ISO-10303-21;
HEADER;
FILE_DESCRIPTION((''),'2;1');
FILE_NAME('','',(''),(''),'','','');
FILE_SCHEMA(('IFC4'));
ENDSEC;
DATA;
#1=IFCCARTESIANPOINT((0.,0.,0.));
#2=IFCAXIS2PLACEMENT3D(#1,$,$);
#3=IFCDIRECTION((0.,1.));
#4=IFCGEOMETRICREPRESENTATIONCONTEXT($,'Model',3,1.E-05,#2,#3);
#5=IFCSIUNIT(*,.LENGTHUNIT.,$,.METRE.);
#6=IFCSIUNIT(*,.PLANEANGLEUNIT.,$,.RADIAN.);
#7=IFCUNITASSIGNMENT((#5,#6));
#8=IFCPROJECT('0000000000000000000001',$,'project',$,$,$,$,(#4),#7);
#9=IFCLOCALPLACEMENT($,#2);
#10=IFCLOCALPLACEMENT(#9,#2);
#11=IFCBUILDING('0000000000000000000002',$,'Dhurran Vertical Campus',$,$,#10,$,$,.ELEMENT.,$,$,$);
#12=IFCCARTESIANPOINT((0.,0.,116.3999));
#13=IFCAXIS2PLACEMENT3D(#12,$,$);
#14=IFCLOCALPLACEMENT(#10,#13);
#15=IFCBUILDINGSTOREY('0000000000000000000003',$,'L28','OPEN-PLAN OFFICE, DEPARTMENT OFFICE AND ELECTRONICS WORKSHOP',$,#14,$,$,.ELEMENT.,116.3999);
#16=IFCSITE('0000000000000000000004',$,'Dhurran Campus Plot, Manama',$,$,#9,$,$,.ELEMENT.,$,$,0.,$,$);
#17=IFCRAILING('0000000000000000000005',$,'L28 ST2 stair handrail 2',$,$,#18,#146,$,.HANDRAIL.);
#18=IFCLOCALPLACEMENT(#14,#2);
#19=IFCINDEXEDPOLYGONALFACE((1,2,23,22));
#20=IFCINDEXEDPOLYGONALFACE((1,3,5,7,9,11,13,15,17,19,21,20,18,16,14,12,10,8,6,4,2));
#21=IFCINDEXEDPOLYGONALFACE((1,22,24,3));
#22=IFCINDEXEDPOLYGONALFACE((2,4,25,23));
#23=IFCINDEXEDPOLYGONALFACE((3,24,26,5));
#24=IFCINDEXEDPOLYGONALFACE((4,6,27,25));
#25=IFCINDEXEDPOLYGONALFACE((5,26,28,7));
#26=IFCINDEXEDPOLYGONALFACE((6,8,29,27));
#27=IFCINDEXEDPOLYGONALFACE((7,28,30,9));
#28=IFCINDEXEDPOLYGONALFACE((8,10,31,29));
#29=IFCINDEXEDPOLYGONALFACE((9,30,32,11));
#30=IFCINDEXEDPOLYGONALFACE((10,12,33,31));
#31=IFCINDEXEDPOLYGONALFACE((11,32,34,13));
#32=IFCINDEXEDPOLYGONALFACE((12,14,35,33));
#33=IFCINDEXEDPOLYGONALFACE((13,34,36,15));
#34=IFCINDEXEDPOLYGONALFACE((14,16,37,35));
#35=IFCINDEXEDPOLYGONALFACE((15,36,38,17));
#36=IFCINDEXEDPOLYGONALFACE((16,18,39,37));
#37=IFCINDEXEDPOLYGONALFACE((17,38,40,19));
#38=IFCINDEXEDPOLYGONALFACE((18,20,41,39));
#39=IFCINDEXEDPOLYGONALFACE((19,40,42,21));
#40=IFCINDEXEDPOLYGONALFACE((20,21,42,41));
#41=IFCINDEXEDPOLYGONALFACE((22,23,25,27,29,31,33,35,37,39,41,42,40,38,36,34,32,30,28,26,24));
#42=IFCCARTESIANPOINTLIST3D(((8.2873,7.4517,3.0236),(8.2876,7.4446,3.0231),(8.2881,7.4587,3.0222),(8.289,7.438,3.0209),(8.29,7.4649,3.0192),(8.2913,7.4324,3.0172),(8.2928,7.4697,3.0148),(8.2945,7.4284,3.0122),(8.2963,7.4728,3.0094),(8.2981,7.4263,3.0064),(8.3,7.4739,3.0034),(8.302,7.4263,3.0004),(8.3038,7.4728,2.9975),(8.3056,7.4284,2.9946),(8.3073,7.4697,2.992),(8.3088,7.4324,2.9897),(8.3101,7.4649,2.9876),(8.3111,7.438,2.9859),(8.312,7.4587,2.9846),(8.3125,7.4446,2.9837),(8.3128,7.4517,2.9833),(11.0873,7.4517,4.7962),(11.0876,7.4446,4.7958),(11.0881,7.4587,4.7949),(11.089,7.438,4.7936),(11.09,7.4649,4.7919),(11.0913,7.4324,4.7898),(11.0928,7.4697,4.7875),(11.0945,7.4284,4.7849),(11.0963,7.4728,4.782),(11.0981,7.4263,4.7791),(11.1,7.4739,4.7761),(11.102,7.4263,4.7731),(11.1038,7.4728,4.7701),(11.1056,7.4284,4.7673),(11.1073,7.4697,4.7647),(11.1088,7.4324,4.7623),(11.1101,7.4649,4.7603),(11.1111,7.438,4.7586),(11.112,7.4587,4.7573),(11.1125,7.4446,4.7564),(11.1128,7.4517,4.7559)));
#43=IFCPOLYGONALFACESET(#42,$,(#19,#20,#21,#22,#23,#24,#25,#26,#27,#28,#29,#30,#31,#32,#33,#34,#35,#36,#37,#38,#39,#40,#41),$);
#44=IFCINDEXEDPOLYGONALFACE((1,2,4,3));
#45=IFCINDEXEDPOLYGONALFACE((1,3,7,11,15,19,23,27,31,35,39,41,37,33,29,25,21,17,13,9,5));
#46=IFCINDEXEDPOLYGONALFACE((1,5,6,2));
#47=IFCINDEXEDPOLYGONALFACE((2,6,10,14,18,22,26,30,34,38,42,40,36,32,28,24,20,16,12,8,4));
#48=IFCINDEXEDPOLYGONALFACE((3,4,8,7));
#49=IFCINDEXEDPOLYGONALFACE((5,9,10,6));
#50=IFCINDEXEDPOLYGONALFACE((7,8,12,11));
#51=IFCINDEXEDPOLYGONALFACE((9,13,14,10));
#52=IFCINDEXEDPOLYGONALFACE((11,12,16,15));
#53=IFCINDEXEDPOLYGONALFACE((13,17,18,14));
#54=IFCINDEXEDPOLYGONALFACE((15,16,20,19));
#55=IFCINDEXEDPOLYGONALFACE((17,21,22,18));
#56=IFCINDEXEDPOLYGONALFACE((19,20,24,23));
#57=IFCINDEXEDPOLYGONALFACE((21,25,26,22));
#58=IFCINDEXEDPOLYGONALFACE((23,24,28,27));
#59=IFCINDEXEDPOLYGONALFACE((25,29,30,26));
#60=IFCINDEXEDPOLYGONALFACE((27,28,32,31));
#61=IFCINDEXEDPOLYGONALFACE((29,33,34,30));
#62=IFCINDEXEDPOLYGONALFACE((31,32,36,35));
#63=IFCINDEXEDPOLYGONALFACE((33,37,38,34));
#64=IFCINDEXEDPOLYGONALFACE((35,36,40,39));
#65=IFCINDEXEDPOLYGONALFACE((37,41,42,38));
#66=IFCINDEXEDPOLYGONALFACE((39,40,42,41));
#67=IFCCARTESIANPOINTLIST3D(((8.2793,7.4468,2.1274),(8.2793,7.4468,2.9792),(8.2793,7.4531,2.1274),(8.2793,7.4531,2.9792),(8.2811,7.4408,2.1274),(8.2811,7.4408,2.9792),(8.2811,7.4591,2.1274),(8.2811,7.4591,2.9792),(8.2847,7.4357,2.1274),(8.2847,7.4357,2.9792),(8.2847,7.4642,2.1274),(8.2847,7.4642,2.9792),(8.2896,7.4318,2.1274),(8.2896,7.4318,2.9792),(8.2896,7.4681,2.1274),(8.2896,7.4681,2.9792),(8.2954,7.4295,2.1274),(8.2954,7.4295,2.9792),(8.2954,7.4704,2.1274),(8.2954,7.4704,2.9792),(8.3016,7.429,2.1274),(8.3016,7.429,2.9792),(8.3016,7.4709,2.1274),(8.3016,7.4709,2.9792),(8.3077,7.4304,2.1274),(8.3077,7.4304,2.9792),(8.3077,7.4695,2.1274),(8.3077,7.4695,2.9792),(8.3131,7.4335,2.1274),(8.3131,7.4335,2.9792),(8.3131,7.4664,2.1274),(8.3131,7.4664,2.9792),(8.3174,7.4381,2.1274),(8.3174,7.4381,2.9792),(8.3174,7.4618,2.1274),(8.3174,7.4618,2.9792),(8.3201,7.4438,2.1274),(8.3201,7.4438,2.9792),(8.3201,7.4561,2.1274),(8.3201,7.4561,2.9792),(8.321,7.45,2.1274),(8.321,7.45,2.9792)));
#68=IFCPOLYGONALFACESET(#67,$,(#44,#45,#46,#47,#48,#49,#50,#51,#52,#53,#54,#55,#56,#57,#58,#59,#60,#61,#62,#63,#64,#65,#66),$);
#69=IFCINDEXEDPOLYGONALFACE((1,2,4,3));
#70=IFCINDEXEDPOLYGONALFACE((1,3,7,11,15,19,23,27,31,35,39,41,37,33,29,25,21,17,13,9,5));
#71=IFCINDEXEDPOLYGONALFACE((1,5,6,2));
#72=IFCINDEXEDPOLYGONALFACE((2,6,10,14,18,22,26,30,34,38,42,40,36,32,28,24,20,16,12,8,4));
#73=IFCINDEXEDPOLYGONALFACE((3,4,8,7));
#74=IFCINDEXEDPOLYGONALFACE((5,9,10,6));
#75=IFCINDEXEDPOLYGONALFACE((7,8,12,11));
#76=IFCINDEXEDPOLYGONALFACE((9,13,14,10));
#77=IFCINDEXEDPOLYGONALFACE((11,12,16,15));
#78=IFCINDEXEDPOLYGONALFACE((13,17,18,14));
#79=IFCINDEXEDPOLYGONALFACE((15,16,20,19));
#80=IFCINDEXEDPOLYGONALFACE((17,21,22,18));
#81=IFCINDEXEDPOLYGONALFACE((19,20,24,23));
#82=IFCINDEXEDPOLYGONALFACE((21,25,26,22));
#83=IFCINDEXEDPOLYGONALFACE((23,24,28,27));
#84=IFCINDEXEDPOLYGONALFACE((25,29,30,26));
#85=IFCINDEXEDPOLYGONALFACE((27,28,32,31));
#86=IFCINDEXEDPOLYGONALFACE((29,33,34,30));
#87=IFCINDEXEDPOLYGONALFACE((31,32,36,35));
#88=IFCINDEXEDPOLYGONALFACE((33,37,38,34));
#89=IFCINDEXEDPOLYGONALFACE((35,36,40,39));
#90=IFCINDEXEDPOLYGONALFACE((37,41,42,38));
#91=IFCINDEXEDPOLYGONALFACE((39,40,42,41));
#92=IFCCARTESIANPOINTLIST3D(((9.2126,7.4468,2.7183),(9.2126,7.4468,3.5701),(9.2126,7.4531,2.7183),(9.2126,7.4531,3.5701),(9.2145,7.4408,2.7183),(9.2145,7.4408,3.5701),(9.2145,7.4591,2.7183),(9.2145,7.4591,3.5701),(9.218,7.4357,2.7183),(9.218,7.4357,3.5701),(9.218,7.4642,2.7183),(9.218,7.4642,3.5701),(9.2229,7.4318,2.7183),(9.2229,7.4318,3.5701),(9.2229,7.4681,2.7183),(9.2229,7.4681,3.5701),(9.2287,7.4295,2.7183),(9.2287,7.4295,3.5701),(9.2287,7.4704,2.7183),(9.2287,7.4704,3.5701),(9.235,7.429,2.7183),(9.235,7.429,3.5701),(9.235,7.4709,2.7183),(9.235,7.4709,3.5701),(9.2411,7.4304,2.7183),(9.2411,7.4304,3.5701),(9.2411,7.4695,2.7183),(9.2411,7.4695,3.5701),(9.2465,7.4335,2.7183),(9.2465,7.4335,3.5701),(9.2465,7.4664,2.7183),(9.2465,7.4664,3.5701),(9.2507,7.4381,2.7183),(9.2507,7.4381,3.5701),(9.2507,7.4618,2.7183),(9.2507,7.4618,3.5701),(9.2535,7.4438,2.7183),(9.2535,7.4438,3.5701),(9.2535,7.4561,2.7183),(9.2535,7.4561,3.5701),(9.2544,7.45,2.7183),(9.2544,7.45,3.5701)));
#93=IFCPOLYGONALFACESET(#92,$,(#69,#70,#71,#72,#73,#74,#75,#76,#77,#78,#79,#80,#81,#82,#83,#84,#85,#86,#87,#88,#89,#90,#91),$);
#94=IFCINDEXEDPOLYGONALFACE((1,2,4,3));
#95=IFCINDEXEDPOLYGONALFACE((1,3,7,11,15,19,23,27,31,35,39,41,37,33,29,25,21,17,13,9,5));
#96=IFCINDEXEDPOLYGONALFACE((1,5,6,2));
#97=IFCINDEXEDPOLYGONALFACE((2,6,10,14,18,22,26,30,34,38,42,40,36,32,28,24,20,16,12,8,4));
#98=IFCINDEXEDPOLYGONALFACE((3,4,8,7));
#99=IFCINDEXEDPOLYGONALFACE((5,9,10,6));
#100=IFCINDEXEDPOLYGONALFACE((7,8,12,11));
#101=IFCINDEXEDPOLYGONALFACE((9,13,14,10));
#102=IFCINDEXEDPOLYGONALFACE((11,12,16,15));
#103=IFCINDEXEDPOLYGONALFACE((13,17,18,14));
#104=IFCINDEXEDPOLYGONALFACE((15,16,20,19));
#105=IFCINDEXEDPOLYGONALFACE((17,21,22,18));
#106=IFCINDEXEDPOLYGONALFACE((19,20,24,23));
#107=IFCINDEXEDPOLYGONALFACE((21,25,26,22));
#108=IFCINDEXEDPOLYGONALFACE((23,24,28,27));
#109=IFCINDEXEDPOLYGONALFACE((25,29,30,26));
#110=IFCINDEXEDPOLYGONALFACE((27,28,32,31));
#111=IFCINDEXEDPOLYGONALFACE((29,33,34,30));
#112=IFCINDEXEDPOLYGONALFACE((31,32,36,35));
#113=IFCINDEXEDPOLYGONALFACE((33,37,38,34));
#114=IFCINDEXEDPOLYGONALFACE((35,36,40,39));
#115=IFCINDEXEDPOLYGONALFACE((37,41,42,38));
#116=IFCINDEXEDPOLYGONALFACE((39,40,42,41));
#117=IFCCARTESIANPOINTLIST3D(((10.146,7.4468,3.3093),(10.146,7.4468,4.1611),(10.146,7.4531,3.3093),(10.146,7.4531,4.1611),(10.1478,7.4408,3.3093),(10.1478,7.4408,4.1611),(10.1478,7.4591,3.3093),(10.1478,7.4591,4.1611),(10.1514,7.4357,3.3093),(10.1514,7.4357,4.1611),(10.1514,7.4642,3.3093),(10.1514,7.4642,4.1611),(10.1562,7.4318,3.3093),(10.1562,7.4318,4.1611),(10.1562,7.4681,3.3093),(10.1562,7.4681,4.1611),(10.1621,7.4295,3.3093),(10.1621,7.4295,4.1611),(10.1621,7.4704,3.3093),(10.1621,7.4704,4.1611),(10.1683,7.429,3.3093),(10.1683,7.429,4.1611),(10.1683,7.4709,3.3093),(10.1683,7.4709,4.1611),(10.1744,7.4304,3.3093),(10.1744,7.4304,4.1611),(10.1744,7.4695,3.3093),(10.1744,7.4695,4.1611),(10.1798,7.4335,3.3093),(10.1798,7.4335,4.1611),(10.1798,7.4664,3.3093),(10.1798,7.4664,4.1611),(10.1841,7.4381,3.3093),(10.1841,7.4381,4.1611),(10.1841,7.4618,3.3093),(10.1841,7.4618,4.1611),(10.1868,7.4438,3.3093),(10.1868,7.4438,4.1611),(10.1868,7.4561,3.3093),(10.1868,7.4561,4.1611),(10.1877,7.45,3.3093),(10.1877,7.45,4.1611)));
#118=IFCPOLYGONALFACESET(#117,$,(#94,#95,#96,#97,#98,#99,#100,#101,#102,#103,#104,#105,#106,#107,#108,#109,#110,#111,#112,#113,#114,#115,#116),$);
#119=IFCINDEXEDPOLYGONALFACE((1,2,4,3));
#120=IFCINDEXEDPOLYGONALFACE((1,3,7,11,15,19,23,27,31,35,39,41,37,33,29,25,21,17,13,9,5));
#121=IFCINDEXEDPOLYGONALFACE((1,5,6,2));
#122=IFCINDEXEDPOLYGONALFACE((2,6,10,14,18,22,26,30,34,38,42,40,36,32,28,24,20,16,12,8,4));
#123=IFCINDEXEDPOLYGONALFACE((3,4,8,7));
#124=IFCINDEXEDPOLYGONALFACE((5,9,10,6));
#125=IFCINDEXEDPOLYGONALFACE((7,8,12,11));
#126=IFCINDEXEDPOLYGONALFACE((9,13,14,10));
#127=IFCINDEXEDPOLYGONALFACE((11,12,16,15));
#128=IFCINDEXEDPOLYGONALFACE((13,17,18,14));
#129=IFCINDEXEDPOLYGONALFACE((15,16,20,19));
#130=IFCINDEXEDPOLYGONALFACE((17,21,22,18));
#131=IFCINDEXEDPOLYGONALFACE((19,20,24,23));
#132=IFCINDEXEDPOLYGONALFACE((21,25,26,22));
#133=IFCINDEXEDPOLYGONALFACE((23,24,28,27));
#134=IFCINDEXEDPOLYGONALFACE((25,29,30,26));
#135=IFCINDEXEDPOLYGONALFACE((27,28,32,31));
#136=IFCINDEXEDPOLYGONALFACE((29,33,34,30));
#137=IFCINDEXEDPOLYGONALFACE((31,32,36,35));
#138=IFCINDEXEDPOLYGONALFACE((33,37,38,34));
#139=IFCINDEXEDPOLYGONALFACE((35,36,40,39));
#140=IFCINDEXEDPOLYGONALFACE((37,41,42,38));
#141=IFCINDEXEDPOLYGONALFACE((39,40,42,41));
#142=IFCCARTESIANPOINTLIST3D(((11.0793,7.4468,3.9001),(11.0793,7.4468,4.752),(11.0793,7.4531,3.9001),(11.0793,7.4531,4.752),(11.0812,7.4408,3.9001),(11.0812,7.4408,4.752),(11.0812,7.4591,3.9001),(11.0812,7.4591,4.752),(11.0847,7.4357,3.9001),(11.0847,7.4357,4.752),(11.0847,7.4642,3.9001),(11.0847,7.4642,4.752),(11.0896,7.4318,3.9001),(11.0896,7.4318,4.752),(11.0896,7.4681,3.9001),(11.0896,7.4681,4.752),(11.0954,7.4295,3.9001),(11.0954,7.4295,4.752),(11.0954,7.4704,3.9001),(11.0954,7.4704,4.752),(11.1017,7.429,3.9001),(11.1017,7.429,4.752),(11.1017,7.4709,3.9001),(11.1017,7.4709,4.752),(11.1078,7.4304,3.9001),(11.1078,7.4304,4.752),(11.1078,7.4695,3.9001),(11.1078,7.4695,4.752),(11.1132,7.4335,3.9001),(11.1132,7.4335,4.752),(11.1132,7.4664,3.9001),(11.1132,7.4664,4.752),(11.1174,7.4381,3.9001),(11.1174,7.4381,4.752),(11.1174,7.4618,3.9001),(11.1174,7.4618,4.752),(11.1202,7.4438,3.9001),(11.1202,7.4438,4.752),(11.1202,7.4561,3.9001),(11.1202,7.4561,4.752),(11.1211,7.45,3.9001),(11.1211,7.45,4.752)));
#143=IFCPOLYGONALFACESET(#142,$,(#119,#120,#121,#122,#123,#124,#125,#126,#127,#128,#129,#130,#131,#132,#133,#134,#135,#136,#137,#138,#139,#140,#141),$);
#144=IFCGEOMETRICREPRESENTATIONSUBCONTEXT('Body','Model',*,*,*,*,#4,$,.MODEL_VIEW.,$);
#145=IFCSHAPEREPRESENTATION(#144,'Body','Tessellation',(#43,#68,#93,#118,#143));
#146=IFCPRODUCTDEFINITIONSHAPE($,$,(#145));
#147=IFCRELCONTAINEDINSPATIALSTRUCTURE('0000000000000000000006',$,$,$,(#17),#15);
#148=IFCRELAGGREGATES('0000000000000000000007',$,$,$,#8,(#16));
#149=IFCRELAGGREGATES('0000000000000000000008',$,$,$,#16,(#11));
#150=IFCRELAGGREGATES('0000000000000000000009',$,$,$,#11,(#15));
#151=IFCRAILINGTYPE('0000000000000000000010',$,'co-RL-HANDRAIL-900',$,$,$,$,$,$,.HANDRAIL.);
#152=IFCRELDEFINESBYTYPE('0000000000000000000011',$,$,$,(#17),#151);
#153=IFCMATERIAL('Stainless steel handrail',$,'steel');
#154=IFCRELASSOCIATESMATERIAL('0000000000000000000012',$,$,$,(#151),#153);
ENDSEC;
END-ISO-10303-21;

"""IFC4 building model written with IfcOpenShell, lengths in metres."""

from ifc_helpers import new_model, si_unit, direction, frame, origin, origin_2d, place, context, subcontext, project, spatial, circle, extrude, material, type_object, element, save


model = new_model("IFC4")

# Units and contexts
model_context = context("Model", 3, precision=1e-05, world=origin(), true_north=direction((0.0, 1.0)))
body_context = subcontext(model_context, "Body", "Model", "MODEL_VIEW")
ifc_project = project(units=[si_unit("LENGTHUNIT", "METRE"), si_unit("PLANEANGLEUNIT", "RADIAN")], contexts=[model_context])

# Site, building, storey
site_placement = place(None, origin())
site = spatial("IfcSite", under=ifc_project, at=site_placement, Name="Dhurran Campus Plot, Manama", CompositionType="ELEMENT", RefElevation=0.0)
building_placement = place(site_placement, origin())
building = spatial("IfcBuilding", under=site, at=building_placement, Name="Dhurran Vertical Campus", CompositionType="ELEMENT")
storey_placement = place(building_placement, frame((0.0, 0.0, 116.3999)))
storey = spatial("IfcBuildingStorey", under=building, at=storey_placement, Name="L28", Description="OPEN-PLAN OFFICE, DEPARTMENT OFFICE AND ELECTRONICS WORKSHOP", CompositionType="ELEMENT", Elevation=116.3999)

# Railing
ifc_material_1 = material(Name="Stainless steel handrail", Category="steel")
railing_type_1 = type_object("IfcRailingType", Name="co-RL-HANDRAIL-900", PredefinedType="HANDRAIL", material=ifc_material_1)
railing_1_placement = place(storey_placement, frame((8.3, 7.45, 2.1274)))
element("IfcRailing", 1, at=railing_1_placement, inside=storey, type_object=railing_type_1, Name="L28 ST2 stair handrail 2", PredefinedType="HANDRAIL", context=body_context, shape_type="SweptSolid", body=[
    extrude(circle(Radius=0.0239, at=origin_2d()), frame((0.0, 0.0, 0.876), z_axis=(0.844909, 0.0, 0.53491), x_axis=(0.0, 1.0, 0.0)), (0.0, 0.0, 1.0), 3.314),
    extrude(circle(Radius=0.021, at=origin_2d()), origin(), (0.0, 0.0, 1.0), 0.8518),
    extrude(circle(Radius=0.021, at=origin_2d()), frame((0.9333, 0.0, 0.5908)), (0.0, 0.0, 1.0), 0.8518),
    extrude(circle(Radius=0.021, at=origin_2d()), frame((1.8667, 0.0, 1.1819)), (0.0, 0.0, 1.0), 0.8518),
    extrude(circle(Radius=0.021, at=origin_2d()), frame((2.8, 0.0, 1.7727)), (0.0, 0.0, 1.0), 0.8518),
])

save(model, "model.ifc")
